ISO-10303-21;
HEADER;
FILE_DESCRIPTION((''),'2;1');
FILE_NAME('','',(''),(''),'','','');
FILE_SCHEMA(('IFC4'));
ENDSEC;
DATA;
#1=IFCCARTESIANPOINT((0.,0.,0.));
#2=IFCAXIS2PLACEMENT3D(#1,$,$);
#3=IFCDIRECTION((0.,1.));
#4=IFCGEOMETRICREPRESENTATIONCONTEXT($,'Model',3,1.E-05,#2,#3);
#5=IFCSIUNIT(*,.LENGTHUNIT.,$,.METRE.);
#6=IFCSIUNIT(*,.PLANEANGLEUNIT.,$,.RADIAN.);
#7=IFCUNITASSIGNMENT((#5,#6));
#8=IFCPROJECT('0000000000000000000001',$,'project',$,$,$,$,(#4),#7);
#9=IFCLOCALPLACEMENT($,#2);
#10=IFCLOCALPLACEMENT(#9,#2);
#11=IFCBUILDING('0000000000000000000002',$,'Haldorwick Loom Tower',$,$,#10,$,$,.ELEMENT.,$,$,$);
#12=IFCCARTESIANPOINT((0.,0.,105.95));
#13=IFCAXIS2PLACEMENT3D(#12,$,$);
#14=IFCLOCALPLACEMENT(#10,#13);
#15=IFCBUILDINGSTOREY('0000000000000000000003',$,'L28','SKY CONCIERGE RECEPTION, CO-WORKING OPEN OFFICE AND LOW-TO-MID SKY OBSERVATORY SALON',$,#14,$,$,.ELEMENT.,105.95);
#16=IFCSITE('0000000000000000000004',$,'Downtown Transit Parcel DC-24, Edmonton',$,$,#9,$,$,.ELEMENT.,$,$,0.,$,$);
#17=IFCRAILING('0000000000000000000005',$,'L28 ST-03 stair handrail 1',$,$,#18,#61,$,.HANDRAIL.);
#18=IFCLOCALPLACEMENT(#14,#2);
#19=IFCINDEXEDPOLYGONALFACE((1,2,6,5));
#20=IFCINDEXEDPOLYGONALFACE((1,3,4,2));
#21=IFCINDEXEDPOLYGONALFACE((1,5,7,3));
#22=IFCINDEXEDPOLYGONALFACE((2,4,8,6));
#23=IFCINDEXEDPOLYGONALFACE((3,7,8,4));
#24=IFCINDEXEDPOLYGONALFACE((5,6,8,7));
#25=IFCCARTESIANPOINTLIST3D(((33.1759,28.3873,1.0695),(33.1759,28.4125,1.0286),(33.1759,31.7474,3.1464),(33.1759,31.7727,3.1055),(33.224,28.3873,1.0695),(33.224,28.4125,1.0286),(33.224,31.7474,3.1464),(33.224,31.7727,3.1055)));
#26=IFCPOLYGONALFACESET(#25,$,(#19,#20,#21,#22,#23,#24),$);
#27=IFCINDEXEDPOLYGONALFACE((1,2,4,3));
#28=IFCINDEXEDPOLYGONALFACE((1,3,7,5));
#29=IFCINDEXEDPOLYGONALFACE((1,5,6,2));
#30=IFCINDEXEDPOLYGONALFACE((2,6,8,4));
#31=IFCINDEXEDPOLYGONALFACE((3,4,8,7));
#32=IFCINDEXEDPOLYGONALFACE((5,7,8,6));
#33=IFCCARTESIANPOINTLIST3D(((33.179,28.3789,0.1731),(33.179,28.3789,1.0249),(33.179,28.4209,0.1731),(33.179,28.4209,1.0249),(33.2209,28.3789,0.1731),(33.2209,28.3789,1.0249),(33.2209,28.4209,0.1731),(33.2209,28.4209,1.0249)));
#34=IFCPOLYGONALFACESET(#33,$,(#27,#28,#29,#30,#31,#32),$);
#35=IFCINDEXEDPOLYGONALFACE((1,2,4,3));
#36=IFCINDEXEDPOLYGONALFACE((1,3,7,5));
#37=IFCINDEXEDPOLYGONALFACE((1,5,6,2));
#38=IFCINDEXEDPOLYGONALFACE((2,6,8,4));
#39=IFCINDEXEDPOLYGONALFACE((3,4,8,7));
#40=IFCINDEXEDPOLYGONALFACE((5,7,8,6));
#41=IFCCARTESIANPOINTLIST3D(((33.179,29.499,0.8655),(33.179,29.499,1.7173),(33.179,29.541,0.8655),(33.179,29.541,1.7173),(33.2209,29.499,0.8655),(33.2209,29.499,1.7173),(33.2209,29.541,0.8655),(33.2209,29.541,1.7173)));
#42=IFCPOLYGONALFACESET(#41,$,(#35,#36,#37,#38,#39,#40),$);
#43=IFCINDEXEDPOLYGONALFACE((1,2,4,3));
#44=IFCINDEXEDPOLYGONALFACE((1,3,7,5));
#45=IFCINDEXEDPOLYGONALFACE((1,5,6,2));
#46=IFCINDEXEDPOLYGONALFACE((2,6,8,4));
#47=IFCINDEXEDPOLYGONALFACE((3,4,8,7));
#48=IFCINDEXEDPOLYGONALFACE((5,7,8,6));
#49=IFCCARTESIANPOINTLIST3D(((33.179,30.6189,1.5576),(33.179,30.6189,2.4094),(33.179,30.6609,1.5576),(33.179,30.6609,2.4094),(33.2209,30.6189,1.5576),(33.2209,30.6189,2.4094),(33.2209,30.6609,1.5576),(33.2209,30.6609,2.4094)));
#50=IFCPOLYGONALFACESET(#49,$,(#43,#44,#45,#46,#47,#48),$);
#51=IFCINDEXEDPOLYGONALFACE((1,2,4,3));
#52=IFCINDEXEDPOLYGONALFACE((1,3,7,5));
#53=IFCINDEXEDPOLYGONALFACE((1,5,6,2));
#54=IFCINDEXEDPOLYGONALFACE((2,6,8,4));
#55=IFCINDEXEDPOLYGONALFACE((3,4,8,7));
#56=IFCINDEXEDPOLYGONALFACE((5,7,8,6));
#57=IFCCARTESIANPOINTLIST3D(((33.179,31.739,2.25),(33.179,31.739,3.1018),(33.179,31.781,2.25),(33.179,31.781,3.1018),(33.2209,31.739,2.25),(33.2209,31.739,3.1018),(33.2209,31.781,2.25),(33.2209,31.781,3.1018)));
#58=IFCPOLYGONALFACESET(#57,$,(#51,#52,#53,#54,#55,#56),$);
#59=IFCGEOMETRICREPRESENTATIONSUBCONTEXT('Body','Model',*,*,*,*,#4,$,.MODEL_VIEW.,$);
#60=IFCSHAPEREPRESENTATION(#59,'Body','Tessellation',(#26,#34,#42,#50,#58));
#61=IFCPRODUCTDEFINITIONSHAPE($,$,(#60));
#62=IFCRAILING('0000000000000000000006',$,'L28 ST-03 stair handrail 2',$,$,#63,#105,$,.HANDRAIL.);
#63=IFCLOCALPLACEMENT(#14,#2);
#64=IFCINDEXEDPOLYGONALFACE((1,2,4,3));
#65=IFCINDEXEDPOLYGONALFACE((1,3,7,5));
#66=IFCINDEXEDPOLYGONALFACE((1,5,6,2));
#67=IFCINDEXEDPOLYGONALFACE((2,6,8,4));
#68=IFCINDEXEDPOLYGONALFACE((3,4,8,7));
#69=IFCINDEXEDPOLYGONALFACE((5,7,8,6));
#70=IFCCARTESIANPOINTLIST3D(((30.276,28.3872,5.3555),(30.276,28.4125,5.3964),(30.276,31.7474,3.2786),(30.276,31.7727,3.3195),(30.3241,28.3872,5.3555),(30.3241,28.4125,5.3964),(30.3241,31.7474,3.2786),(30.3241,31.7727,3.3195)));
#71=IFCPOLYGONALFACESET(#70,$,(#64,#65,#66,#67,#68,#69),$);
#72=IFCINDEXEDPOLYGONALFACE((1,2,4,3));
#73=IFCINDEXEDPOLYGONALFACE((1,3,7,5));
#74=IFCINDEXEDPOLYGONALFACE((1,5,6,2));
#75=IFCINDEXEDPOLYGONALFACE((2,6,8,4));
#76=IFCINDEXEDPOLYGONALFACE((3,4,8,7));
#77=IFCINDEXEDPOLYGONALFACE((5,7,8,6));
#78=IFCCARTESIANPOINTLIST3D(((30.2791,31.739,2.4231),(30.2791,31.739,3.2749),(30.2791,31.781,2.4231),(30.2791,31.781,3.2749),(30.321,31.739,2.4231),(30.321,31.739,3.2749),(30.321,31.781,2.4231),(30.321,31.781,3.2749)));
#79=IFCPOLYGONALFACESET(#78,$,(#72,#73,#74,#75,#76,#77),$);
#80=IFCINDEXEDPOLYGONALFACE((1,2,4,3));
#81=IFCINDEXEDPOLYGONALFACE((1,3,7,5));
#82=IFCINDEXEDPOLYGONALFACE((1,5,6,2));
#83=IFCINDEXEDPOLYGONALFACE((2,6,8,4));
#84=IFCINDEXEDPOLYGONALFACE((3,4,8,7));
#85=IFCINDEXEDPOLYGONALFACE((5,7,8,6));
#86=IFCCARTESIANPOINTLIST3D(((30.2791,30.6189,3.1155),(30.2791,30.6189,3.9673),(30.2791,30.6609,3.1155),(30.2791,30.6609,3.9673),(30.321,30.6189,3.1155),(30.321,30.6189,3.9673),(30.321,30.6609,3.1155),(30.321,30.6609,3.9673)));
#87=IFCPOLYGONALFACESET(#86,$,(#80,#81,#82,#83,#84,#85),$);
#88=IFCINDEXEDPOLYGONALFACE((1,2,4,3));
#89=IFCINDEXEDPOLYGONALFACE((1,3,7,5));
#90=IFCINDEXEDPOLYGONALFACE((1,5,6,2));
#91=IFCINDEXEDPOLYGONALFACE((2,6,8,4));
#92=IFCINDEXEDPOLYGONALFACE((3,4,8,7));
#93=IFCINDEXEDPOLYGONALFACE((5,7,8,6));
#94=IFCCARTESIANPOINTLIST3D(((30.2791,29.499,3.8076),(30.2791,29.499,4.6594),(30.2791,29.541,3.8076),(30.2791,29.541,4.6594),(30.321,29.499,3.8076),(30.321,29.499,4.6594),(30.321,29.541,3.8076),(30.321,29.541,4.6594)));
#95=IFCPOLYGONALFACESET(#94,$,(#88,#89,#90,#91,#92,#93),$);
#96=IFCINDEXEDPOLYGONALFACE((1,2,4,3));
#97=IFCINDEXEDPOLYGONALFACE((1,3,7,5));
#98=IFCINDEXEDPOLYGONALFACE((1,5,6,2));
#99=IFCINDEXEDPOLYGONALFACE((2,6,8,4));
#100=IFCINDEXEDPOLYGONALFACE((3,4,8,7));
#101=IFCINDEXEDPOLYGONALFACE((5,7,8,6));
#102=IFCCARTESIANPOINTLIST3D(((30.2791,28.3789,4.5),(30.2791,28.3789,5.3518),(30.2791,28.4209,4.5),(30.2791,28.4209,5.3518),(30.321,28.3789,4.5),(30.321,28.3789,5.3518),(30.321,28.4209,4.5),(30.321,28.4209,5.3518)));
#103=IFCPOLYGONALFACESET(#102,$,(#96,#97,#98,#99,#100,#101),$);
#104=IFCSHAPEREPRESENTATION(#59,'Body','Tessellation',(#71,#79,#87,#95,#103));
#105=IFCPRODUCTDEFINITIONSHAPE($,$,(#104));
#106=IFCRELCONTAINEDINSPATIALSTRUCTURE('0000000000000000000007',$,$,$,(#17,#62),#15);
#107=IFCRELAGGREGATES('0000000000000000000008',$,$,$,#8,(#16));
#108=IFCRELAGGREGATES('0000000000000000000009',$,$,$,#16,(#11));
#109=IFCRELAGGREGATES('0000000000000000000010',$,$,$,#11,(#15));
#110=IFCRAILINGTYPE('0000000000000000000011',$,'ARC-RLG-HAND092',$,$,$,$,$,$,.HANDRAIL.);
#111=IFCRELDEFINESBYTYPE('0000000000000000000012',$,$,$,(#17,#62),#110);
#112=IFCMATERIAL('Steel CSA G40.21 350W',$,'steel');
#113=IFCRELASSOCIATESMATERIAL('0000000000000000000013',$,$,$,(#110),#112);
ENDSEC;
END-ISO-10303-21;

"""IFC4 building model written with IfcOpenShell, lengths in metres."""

from ifc_helpers import new_model, si_unit, direction, frame, origin, origin_2d, place, context, subcontext, project, spatial, rectangle, extrude, material, type_object, element, save


model = new_model("IFC4")

# Units and contexts
model_context = context("Model", 3, precision=1e-05, world=origin(), true_north=direction((0.0, 1.0)))
body_context = subcontext(model_context, "Body", "Model", "MODEL_VIEW")
ifc_project = project(units=[si_unit("LENGTHUNIT", "METRE"), si_unit("PLANEANGLEUNIT", "RADIAN")], contexts=[model_context])

# Site, building, storey
site_placement = place(None, origin())
site = spatial("IfcSite", under=ifc_project, at=site_placement, Name="Downtown Transit Parcel DC-24, Edmonton", CompositionType="ELEMENT", RefElevation=0.0)
building_placement = place(site_placement, origin())
building = spatial("IfcBuilding", under=site, at=building_placement, Name="Haldorwick Loom Tower", CompositionType="ELEMENT")
storey_placement = place(building_placement, frame((0.0, 0.0, 105.95)))
storey = spatial("IfcBuildingStorey", under=building, at=storey_placement, Name="L28", Description="SKY CONCIERGE RECEPTION, CO-WORKING OPEN OFFICE AND LOW-TO-MID SKY OBSERVATORY SALON", CompositionType="ELEMENT", Elevation=105.95)

# Shared definitions
ifc_material_1 = material(Name="Steel CSA G40.21 350W", Category="steel")

# Railings
railing_type_1 = type_object("IfcRailingType", Name="ARC-RLG-HAND092", PredefinedType="HANDRAIL", material=ifc_material_1)
railing_1_placement = place(storey_placement, frame((33.2, 28.3999, 0.1731)))
element("IfcRailing", 1, at=railing_1_placement, inside=storey, type_object=railing_type_1, Name="L28 ST-03 stair handrail 1", PredefinedType="HANDRAIL", context=body_context, shape_type="SweptSolid", body=[
    extrude(rectangle(XDim=0.0481, YDim=0.0481, at=origin_2d()), frame((0.0, 0.0, 0.876), z_axis=(0.0, 0.850623, 0.525776), x_axis=(-1.0, 0.0, 0.0)), (0.0, 0.0, 1.0), 3.9502),
    extrude(rectangle(XDim=0.042, YDim=0.042, at=origin_2d()), origin(), (0.0, 0.0, 1.0), 0.8518),
    extrude(rectangle(XDim=0.042, YDim=0.042, at=origin_2d()), frame((0.0, 1.1201, 0.6924)), (0.0, 0.0, 1.0), 0.8518),
    extrude(rectangle(XDim=0.042, YDim=0.042, at=origin_2d()), frame((0.0, 2.24, 1.3845)), (0.0, 0.0, 1.0), 0.8518),
    extrude(rectangle(XDim=0.042, YDim=0.042, at=origin_2d()), frame((0.0, 3.3601, 2.0769)), (0.0, 0.0, 1.0), 0.8518),
])
railing_2_placement = place(storey_placement, frame((30.3, 31.76, 2.4231)))
element("IfcRailing", 2, at=railing_2_placement, inside=storey, type_object=railing_type_1, Name="L28 ST-03 stair handrail 2", PredefinedType="HANDRAIL", context=body_context, shape_type="SweptSolid", body=[
    extrude(rectangle(XDim=0.0481, YDim=0.0481, at=origin_2d()), frame((0.0, 0.0, 0.876), z_axis=(0.0, -0.850623, 0.525776), x_axis=(1.0, 0.0, 0.0)), (0.0, 0.0, 1.0), 3.9502),
    extrude(rectangle(XDim=0.042, YDim=0.042, at=origin_2d()), origin(), (0.0, 0.0, 1.0), 0.8518),
    extrude(rectangle(XDim=0.042, YDim=0.042, at=origin_2d()), frame((0.0, -1.1201, 0.6924)), (0.0, 0.0, 1.0), 0.8518),
    extrude(rectangle(XDim=0.042, YDim=0.042, at=origin_2d()), frame((0.0, -2.24, 1.3845)), (0.0, 0.0, 1.0), 0.8518),
    extrude(rectangle(XDim=0.042, YDim=0.042, at=origin_2d()), frame((0.0, -3.3601, 2.0769)), (0.0, 0.0, 1.0), 0.8518),
])

save(model, "model.ifc")
